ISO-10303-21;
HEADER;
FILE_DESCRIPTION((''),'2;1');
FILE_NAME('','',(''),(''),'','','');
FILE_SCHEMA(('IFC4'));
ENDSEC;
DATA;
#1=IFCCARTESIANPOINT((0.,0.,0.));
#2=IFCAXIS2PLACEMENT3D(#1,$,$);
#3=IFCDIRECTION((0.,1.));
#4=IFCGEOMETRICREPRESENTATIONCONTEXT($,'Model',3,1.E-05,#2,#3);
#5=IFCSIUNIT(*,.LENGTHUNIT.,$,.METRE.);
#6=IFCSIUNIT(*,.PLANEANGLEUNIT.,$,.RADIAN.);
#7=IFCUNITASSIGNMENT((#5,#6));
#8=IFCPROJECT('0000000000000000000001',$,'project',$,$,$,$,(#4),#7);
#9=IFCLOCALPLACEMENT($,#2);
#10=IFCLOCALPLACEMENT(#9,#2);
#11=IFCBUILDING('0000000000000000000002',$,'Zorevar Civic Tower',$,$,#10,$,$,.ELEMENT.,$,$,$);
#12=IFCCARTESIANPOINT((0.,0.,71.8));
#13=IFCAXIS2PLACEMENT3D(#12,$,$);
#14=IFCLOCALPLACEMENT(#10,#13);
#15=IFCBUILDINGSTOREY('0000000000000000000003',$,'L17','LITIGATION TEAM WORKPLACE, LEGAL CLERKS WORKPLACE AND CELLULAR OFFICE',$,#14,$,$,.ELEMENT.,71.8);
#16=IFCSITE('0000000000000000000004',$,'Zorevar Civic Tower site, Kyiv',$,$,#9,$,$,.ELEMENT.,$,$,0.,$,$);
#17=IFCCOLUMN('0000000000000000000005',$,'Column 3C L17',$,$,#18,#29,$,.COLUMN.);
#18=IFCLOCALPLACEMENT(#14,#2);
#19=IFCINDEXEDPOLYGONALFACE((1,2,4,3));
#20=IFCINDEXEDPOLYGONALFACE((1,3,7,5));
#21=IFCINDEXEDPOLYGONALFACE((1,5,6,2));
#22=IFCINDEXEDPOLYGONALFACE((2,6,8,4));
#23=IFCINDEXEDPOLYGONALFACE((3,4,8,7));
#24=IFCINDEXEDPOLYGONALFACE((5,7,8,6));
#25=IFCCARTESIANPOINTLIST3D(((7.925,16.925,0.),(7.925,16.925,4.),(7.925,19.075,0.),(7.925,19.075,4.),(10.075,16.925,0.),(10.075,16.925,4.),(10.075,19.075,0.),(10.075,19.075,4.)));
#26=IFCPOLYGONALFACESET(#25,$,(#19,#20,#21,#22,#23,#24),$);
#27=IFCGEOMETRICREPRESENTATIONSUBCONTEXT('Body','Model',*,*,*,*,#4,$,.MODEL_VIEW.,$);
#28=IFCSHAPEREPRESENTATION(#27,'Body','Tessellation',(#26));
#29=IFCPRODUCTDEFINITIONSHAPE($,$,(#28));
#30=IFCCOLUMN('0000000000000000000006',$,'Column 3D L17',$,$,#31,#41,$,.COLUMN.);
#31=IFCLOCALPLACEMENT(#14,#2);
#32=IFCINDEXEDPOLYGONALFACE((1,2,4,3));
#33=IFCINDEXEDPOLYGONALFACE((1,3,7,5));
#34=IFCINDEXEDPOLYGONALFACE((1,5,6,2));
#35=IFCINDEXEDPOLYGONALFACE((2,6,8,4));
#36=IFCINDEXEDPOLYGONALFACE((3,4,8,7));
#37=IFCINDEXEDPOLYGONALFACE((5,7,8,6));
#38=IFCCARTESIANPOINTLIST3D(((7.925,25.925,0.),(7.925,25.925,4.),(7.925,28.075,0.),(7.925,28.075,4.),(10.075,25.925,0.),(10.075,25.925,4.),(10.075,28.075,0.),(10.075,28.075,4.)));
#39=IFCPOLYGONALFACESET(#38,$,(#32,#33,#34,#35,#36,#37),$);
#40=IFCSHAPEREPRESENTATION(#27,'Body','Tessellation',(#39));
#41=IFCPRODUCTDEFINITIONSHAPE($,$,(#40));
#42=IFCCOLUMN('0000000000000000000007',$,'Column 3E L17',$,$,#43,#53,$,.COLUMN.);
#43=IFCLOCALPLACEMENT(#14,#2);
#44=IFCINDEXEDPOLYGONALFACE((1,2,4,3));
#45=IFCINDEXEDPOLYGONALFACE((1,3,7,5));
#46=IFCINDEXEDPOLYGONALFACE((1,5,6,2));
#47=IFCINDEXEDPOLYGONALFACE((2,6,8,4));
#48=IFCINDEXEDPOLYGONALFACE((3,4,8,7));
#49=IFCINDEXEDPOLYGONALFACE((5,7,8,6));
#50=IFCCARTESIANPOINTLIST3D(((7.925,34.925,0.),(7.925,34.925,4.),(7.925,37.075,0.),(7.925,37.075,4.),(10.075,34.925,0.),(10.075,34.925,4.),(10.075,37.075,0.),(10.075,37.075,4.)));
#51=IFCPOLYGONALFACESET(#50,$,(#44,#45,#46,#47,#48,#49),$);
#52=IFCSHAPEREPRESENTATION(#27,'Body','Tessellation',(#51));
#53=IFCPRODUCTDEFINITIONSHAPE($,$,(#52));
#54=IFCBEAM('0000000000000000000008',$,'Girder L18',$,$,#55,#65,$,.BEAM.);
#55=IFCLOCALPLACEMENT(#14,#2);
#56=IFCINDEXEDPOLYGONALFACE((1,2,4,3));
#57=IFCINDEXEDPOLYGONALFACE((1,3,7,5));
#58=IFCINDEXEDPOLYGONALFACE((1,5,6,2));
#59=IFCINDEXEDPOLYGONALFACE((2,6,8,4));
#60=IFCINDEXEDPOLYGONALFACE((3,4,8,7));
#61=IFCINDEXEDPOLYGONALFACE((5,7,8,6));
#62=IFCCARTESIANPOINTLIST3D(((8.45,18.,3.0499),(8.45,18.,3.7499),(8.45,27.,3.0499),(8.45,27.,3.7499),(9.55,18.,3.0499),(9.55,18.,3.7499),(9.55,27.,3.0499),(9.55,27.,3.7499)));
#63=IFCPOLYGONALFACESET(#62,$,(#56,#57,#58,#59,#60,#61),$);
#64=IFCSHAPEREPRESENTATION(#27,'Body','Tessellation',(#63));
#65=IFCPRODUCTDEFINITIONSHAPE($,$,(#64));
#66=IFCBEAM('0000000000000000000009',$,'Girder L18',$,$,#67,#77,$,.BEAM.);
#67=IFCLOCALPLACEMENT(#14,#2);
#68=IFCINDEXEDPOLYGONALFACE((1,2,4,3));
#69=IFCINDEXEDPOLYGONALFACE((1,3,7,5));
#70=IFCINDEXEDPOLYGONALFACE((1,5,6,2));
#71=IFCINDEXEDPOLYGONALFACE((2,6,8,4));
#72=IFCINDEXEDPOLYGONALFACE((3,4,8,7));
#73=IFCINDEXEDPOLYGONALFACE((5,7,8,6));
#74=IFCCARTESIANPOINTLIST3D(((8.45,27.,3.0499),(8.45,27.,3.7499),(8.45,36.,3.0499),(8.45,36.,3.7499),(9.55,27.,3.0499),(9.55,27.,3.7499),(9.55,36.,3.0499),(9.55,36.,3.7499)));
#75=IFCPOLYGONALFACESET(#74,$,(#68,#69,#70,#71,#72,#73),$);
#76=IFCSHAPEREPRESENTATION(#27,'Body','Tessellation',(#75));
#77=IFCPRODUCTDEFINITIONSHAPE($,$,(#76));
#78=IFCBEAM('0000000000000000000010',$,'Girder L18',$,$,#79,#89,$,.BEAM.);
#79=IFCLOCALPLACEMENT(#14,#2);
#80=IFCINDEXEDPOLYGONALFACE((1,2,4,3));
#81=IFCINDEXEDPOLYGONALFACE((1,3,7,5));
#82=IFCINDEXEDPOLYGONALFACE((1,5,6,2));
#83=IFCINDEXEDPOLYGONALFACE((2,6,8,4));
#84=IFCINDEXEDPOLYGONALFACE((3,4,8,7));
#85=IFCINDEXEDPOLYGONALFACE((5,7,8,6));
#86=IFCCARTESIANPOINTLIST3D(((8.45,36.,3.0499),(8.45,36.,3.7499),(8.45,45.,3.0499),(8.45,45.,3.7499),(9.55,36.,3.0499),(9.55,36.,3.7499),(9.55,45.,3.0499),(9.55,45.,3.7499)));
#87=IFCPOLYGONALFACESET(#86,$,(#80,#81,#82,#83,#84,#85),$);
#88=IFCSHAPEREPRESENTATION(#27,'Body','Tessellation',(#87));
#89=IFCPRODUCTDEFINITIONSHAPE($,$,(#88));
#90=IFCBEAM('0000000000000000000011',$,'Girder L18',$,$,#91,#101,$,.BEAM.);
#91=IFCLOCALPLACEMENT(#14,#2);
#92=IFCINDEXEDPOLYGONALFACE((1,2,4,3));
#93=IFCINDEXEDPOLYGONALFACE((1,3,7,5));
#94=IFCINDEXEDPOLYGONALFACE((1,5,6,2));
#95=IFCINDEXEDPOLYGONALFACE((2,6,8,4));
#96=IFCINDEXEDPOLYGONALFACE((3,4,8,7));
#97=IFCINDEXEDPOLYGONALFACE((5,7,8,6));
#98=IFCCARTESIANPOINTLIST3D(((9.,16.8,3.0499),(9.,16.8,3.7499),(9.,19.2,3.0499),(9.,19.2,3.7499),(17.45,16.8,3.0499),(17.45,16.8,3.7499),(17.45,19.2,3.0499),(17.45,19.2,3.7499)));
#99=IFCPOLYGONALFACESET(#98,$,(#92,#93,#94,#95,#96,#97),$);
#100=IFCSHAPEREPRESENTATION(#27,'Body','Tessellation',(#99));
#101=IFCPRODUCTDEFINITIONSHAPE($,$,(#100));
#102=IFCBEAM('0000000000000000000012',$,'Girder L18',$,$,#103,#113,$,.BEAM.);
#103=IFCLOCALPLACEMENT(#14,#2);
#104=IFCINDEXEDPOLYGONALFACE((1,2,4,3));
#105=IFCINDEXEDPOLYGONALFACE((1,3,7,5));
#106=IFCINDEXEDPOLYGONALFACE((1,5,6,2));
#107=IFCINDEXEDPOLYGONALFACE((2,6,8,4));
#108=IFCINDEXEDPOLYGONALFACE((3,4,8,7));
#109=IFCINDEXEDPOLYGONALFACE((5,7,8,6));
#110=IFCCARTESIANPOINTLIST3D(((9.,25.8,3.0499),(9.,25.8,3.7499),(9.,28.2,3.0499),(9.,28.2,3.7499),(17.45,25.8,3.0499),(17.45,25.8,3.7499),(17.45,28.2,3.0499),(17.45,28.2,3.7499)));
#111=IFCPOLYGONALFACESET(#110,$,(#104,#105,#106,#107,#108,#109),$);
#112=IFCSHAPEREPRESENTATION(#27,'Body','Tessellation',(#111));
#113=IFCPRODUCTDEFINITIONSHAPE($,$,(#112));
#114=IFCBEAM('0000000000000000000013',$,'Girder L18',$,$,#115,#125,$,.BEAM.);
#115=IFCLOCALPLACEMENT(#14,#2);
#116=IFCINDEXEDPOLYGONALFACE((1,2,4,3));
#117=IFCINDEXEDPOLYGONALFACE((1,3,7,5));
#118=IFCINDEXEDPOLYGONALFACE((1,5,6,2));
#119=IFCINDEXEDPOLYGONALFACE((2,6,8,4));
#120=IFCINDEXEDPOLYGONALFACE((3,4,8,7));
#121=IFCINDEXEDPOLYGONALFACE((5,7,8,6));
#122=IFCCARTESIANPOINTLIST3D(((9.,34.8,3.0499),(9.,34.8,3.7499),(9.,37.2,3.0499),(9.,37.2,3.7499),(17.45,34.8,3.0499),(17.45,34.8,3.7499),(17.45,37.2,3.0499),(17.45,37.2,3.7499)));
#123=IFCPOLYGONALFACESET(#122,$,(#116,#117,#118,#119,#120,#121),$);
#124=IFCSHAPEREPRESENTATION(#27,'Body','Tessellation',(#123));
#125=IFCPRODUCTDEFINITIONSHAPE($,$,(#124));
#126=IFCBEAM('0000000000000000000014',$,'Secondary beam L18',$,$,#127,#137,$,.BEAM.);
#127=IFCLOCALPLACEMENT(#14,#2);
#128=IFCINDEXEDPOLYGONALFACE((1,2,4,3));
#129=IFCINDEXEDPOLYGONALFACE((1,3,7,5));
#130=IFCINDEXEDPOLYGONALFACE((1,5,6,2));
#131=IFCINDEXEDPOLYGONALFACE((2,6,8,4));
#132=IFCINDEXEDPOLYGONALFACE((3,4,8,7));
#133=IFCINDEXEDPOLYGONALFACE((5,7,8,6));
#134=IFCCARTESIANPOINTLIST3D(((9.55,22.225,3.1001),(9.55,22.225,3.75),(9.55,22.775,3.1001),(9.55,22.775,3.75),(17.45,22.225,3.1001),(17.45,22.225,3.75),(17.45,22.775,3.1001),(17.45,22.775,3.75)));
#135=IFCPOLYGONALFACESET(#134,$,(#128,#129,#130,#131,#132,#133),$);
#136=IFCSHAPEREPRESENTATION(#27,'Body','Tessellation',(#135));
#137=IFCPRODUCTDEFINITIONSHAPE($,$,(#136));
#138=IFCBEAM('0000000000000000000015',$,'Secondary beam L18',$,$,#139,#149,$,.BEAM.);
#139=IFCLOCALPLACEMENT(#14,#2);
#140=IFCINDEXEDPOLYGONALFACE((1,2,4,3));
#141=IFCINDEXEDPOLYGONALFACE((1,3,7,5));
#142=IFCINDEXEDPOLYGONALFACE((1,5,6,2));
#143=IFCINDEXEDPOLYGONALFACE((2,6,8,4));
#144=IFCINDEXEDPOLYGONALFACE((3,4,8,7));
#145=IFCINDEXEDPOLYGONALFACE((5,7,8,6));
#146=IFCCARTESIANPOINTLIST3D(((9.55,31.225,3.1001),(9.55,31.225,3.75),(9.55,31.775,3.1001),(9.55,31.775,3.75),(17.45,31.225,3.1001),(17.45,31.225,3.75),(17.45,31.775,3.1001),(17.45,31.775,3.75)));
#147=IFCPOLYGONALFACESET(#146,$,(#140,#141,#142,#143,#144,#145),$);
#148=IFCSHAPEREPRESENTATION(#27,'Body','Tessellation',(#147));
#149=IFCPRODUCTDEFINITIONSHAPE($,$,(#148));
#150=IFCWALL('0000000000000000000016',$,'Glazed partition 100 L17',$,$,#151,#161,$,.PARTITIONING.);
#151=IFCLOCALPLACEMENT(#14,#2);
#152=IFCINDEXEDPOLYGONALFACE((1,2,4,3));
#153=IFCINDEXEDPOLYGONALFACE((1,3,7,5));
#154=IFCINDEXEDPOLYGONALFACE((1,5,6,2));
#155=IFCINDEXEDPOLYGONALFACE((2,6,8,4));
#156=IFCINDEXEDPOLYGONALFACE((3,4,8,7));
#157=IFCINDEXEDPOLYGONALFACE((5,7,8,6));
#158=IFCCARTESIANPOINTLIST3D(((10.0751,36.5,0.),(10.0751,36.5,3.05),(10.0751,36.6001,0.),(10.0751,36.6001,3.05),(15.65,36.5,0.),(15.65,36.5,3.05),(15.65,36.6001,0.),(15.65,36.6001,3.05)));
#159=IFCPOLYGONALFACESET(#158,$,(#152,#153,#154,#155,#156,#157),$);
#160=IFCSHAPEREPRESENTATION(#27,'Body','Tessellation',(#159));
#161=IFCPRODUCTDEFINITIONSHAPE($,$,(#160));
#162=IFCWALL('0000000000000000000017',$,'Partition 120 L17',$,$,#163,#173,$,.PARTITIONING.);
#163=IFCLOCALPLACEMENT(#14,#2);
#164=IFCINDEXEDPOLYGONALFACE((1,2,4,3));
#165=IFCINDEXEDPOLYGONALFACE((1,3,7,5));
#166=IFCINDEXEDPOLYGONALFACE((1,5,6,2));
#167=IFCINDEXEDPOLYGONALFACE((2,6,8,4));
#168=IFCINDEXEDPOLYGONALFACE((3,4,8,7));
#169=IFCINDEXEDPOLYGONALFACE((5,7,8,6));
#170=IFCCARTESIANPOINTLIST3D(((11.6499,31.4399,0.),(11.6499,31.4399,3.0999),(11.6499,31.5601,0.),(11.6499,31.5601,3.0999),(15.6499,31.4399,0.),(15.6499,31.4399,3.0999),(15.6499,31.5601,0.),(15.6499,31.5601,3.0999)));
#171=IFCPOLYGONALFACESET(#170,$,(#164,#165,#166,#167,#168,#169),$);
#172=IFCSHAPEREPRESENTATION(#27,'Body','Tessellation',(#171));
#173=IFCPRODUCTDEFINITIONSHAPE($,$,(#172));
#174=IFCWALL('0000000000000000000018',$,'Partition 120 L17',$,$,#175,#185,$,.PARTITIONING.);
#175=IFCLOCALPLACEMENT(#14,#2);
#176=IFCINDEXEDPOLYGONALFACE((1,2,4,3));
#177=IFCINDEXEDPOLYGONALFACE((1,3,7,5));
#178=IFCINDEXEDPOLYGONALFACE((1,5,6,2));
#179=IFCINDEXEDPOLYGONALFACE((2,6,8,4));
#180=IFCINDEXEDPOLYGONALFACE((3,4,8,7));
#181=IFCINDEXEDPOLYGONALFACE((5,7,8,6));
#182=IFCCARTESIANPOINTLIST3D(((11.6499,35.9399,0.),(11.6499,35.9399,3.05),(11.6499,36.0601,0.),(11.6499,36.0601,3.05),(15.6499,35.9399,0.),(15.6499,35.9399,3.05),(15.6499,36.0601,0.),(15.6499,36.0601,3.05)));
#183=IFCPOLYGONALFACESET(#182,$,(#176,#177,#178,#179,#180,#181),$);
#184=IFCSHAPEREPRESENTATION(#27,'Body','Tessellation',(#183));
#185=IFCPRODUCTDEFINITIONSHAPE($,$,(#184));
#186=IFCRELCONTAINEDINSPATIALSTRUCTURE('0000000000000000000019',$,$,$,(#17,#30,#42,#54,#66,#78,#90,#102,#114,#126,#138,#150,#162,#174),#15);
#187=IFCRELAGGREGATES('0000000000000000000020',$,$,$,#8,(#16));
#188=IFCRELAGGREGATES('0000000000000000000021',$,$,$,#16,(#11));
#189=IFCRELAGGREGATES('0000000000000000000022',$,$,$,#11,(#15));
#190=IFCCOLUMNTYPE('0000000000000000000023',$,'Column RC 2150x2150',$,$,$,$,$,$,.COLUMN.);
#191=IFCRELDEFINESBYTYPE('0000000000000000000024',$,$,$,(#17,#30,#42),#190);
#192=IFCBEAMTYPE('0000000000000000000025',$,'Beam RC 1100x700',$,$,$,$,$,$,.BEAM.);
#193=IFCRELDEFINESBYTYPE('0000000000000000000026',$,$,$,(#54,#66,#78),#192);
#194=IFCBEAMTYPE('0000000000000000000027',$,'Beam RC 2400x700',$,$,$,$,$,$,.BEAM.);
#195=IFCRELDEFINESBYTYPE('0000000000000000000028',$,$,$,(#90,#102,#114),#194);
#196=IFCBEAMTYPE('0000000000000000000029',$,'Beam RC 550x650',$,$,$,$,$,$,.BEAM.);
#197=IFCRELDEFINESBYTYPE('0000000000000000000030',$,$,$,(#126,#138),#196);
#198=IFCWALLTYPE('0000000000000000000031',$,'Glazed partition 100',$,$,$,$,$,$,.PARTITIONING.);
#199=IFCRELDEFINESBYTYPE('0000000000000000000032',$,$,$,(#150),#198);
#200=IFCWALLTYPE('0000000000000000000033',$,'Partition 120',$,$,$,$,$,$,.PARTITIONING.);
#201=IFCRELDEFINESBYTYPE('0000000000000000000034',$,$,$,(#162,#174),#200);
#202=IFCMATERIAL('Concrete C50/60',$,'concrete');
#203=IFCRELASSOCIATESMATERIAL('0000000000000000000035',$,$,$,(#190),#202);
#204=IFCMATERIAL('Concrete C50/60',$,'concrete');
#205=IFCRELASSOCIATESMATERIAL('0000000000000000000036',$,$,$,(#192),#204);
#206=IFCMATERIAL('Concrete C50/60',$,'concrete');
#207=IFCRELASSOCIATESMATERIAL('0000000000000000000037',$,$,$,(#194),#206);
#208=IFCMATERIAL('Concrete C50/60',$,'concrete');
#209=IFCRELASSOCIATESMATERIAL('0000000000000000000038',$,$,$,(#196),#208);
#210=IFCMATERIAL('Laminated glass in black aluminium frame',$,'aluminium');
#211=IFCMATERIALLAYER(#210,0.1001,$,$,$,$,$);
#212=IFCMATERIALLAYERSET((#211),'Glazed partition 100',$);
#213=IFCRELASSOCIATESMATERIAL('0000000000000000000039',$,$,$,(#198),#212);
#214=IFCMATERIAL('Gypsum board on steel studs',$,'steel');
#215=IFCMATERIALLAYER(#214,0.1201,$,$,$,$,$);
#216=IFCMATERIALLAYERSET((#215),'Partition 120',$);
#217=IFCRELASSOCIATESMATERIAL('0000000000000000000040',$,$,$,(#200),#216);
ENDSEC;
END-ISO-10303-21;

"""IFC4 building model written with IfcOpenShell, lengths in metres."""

from ifc_helpers import new_model, si_unit, direction, frame, frame_2d, origin, origin_2d, place, context, subcontext, project, spatial, rectangle, extrude, material, layer, layer_set, material_profile, profile_set, type_object, element, save


model = new_model("IFC4")

# Units and contexts
model_context = context("Model", 3, precision=1e-05, world=origin(), true_north=direction((0.0, 1.0)))
body_context = subcontext(model_context, "Body", "Model", "MODEL_VIEW")
ifc_project = project(units=[si_unit("LENGTHUNIT", "METRE"), si_unit("PLANEANGLEUNIT", "RADIAN")], contexts=[model_context])

# Site, building, storey
site_placement = place(None, origin())
site = spatial("IfcSite", under=ifc_project, at=site_placement, Name="Zorevar Civic Tower site, Kyiv", CompositionType="ELEMENT", RefElevation=0.0)
building_placement = place(site_placement, origin())
building = spatial("IfcBuilding", under=site, at=building_placement, Name="Zorevar Civic Tower", CompositionType="ELEMENT")
storey_placement = place(building_placement, frame((0.0, 0.0, 71.8)))
storey = spatial("IfcBuildingStorey", under=building, at=storey_placement, Name="L17", Description="LITIGATION TEAM WORKPLACE, LEGAL CLERKS WORKPLACE AND CELLULAR OFFICE", CompositionType="ELEMENT", Elevation=71.8)

# Columns
ifc_material_1 = material(Name="Concrete C50/60", Category="concrete")
ifc_material_profile_1 = material_profile(ifc_material_1, rectangle(XDim=2.1499, YDim=2.1499, at=origin_2d()), Name="RC 2150x2150")
ifc_profile_set_1 = profile_set([ifc_material_profile_1], Name="Concrete C50/60")
column_type = type_object("IfcColumnType", Name="Column RC 2150x2150", PredefinedType="COLUMN", material=ifc_profile_set_1)
for number, where, z_axis, x_axis, name in (
    (1, (9.0, 18.0, 0.0), (0.0, 0.0, 1.0), (1.0, 0.0, 0.0), "Column 3C L17"),
    (2, (9.0, 27.0, 0.0), (0.0, 0.0, 1.0), (1.0, 0.0, 0.0), "Column 3D L17"),
    (3, (9.0, 36.0, 0.0), (0.0, 0.0, 1.0), (1.0, 0.0, 0.0), "Column 3E L17"),
):
    element("IfcColumn", number, at=place(storey_placement, frame(where, z_axis=z_axis, x_axis=x_axis)), inside=storey, type_object=column_type, Name=name, PredefinedType="COLUMN", context=body_context, shape_type="SweptSolid", body=[
        extrude(rectangle(XDim=2.1499, YDim=2.1499, at=origin_2d()), origin(), (0.0, 0.0, 1.0), 4.0),
    ])

# Beams
ifc_material_2 = material(Name="Concrete C50/60", Category="concrete")
ifc_material_profile_2 = material_profile(ifc_material_2, rectangle(XDim=1.1001, YDim=0.7, at=origin_2d()), Name="RC 1100x700")
ifc_profile_set_2 = profile_set([ifc_material_profile_2], Name="Concrete C50/60")
beam_type_1 = type_object("IfcBeamType", Name="Beam RC 1100x700", PredefinedType="BEAM", material=ifc_profile_set_2)
for number, where, z_axis, x_axis, name in (
    (4, (9.0, 18.0, 3.3999), (0.0, 1.0, 0.0), (-1.0, 0.0, 0.0), "Girder L18"),
    (5, (9.0, 27.0, 3.3999), (0.0, 1.0, 0.0), (-1.0, 0.0, 0.0), "Girder L18"),
    (6, (9.0, 36.0, 3.3999), (0.0, 1.0, 0.0), (-1.0, 0.0, 0.0), "Girder L18"),
):
    element("IfcBeam", number, at=place(storey_placement, frame(where, z_axis=z_axis, x_axis=x_axis)), inside=storey, type_object=beam_type_1, Name=name, PredefinedType="BEAM", context=body_context, shape_type="SweptSolid", body=[
        extrude(rectangle(XDim=1.1001, YDim=0.7, at=origin_2d()), origin(), (0.0, 0.0, 1.0), 9.0),
    ])
ifc_material_3 = material(Name="Concrete C50/60", Category="concrete")
ifc_material_profile_3 = material_profile(ifc_material_3, rectangle(XDim=2.3999, YDim=0.7, at=origin_2d()), Name="RC 2400x700")
ifc_profile_set_3 = profile_set([ifc_material_profile_3], Name="Concrete C50/60")
beam_type_2 = type_object("IfcBeamType", Name="Beam RC 2400x700", PredefinedType="BEAM", material=ifc_profile_set_3)
for number, where, z_axis, x_axis, name in (
    (7, (9.0, 18.0, 3.3999), (1.0, 0.0, 0.0), (0.0, 1.0, 0.0), "Girder L18"),
    (8, (9.0, 27.0, 3.3999), (1.0, 0.0, 0.0), (0.0, 1.0, 0.0), "Girder L18"),
    (9, (9.0, 36.0, 3.3999), (1.0, 0.0, 0.0), (0.0, 1.0, 0.0), "Girder L18"),
):
    element("IfcBeam", number, at=place(storey_placement, frame(where, z_axis=z_axis, x_axis=x_axis)), inside=storey, type_object=beam_type_2, Name=name, PredefinedType="BEAM", context=body_context, shape_type="SweptSolid", body=[
        extrude(rectangle(XDim=2.3999, YDim=0.7, at=origin_2d()), origin(), (0.0, 0.0, 1.0), 8.45),
    ])
ifc_material_4 = material(Name="Concrete C50/60", Category="concrete")
ifc_material_profile_4 = material_profile(ifc_material_4, rectangle(XDim=0.55, YDim=0.6499, at=origin_2d()), Name="RC 550x650")
ifc_profile_set_4 = profile_set([ifc_material_profile_4], Name="Concrete C50/60")
beam_type_3 = type_object("IfcBeamType", Name="Beam RC 550x650", PredefinedType="BEAM", material=ifc_profile_set_4)
for number, where, z_axis, x_axis, name in (
    (10, (9.55, 22.5, 3.425), (1.0, 0.0, 0.0), (0.0, 1.0, 0.0), "Secondary beam L18"),
    (11, (9.55, 31.5, 3.425), (1.0, 0.0, 0.0), (0.0, 1.0, 0.0), "Secondary beam L18"),
):
    element("IfcBeam", number, at=place(storey_placement, frame(where, z_axis=z_axis, x_axis=x_axis)), inside=storey, type_object=beam_type_3, Name=name, PredefinedType="BEAM", context=body_context, shape_type="SweptSolid", body=[
        extrude(rectangle(XDim=0.55, YDim=0.6499, at=origin_2d()), origin(), (0.0, 0.0, 1.0), 7.8999),
    ])

# Walls
ifc_material_5 = material(Name="Laminated glass in black aluminium frame", Category="aluminium")
ifc_layer_1 = layer(ifc_material_5, 0.1001)
ifc_layer_set_1 = layer_set([ifc_layer_1], Name="Glazed partition 100")
wall_type_1 = type_object("IfcWallType", Name="Glazed partition 100", PredefinedType="PARTITIONING", material=ifc_layer_set_1)
wall_1_placement = place(storey_placement, frame((10.075, 36.55, 0.0), z_axis=(0.0, 0.0, 1.0), x_axis=(1.0, 0.0, 0.0)))
element("IfcWall", 12, at=wall_1_placement, inside=storey, type_object=wall_type_1, Name="Glazed partition 100 L17", PredefinedType="PARTITIONING", context=body_context, shape_type="SweptSolid", body=[
    extrude(rectangle(XDim=5.575, YDim=0.1001, at=frame_2d((2.7876, 0.0))), origin(), (0.0, 0.0, 1.0), 3.05),
])
ifc_material_6 = material(Name="Gypsum board on steel studs", Category="steel")
ifc_layer_2 = layer(ifc_material_6, 0.1201)
ifc_layer_set_2 = layer_set([ifc_layer_2], Name="Partition 120")
wall_type_2 = type_object("IfcWallType", Name="Partition 120", PredefinedType="PARTITIONING", material=ifc_layer_set_2)
wall_2_placement = place(storey_placement, frame((11.6499, 31.5, 0.0), z_axis=(0.0, 0.0, 1.0), x_axis=(1.0, 0.0, 0.0)))
element("IfcWall", 13, at=wall_2_placement, inside=storey, type_object=wall_type_2, Name="Partition 120 L17", PredefinedType="PARTITIONING", context=body_context, shape_type="SweptSolid", body=[
    extrude(rectangle(XDim=4.0, YDim=0.1201, at=frame_2d((2.0, 0.0))), origin(), (0.0, 0.0, 1.0), 3.0999),
])
wall_3_placement = place(storey_placement, frame((11.6499, 36.0, 0.0), z_axis=(0.0, 0.0, 1.0), x_axis=(1.0, 0.0, 0.0)))
element("IfcWall", 14, at=wall_3_placement, inside=storey, type_object=wall_type_2, Name="Partition 120 L17", PredefinedType="PARTITIONING", context=body_context, shape_type="SweptSolid", body=[
    extrude(rectangle(XDim=4.0, YDim=0.1201, at=frame_2d((2.0, 0.0))), origin(), (0.0, 0.0, 1.0), 3.05),
])

save(model, "model.ifc")
